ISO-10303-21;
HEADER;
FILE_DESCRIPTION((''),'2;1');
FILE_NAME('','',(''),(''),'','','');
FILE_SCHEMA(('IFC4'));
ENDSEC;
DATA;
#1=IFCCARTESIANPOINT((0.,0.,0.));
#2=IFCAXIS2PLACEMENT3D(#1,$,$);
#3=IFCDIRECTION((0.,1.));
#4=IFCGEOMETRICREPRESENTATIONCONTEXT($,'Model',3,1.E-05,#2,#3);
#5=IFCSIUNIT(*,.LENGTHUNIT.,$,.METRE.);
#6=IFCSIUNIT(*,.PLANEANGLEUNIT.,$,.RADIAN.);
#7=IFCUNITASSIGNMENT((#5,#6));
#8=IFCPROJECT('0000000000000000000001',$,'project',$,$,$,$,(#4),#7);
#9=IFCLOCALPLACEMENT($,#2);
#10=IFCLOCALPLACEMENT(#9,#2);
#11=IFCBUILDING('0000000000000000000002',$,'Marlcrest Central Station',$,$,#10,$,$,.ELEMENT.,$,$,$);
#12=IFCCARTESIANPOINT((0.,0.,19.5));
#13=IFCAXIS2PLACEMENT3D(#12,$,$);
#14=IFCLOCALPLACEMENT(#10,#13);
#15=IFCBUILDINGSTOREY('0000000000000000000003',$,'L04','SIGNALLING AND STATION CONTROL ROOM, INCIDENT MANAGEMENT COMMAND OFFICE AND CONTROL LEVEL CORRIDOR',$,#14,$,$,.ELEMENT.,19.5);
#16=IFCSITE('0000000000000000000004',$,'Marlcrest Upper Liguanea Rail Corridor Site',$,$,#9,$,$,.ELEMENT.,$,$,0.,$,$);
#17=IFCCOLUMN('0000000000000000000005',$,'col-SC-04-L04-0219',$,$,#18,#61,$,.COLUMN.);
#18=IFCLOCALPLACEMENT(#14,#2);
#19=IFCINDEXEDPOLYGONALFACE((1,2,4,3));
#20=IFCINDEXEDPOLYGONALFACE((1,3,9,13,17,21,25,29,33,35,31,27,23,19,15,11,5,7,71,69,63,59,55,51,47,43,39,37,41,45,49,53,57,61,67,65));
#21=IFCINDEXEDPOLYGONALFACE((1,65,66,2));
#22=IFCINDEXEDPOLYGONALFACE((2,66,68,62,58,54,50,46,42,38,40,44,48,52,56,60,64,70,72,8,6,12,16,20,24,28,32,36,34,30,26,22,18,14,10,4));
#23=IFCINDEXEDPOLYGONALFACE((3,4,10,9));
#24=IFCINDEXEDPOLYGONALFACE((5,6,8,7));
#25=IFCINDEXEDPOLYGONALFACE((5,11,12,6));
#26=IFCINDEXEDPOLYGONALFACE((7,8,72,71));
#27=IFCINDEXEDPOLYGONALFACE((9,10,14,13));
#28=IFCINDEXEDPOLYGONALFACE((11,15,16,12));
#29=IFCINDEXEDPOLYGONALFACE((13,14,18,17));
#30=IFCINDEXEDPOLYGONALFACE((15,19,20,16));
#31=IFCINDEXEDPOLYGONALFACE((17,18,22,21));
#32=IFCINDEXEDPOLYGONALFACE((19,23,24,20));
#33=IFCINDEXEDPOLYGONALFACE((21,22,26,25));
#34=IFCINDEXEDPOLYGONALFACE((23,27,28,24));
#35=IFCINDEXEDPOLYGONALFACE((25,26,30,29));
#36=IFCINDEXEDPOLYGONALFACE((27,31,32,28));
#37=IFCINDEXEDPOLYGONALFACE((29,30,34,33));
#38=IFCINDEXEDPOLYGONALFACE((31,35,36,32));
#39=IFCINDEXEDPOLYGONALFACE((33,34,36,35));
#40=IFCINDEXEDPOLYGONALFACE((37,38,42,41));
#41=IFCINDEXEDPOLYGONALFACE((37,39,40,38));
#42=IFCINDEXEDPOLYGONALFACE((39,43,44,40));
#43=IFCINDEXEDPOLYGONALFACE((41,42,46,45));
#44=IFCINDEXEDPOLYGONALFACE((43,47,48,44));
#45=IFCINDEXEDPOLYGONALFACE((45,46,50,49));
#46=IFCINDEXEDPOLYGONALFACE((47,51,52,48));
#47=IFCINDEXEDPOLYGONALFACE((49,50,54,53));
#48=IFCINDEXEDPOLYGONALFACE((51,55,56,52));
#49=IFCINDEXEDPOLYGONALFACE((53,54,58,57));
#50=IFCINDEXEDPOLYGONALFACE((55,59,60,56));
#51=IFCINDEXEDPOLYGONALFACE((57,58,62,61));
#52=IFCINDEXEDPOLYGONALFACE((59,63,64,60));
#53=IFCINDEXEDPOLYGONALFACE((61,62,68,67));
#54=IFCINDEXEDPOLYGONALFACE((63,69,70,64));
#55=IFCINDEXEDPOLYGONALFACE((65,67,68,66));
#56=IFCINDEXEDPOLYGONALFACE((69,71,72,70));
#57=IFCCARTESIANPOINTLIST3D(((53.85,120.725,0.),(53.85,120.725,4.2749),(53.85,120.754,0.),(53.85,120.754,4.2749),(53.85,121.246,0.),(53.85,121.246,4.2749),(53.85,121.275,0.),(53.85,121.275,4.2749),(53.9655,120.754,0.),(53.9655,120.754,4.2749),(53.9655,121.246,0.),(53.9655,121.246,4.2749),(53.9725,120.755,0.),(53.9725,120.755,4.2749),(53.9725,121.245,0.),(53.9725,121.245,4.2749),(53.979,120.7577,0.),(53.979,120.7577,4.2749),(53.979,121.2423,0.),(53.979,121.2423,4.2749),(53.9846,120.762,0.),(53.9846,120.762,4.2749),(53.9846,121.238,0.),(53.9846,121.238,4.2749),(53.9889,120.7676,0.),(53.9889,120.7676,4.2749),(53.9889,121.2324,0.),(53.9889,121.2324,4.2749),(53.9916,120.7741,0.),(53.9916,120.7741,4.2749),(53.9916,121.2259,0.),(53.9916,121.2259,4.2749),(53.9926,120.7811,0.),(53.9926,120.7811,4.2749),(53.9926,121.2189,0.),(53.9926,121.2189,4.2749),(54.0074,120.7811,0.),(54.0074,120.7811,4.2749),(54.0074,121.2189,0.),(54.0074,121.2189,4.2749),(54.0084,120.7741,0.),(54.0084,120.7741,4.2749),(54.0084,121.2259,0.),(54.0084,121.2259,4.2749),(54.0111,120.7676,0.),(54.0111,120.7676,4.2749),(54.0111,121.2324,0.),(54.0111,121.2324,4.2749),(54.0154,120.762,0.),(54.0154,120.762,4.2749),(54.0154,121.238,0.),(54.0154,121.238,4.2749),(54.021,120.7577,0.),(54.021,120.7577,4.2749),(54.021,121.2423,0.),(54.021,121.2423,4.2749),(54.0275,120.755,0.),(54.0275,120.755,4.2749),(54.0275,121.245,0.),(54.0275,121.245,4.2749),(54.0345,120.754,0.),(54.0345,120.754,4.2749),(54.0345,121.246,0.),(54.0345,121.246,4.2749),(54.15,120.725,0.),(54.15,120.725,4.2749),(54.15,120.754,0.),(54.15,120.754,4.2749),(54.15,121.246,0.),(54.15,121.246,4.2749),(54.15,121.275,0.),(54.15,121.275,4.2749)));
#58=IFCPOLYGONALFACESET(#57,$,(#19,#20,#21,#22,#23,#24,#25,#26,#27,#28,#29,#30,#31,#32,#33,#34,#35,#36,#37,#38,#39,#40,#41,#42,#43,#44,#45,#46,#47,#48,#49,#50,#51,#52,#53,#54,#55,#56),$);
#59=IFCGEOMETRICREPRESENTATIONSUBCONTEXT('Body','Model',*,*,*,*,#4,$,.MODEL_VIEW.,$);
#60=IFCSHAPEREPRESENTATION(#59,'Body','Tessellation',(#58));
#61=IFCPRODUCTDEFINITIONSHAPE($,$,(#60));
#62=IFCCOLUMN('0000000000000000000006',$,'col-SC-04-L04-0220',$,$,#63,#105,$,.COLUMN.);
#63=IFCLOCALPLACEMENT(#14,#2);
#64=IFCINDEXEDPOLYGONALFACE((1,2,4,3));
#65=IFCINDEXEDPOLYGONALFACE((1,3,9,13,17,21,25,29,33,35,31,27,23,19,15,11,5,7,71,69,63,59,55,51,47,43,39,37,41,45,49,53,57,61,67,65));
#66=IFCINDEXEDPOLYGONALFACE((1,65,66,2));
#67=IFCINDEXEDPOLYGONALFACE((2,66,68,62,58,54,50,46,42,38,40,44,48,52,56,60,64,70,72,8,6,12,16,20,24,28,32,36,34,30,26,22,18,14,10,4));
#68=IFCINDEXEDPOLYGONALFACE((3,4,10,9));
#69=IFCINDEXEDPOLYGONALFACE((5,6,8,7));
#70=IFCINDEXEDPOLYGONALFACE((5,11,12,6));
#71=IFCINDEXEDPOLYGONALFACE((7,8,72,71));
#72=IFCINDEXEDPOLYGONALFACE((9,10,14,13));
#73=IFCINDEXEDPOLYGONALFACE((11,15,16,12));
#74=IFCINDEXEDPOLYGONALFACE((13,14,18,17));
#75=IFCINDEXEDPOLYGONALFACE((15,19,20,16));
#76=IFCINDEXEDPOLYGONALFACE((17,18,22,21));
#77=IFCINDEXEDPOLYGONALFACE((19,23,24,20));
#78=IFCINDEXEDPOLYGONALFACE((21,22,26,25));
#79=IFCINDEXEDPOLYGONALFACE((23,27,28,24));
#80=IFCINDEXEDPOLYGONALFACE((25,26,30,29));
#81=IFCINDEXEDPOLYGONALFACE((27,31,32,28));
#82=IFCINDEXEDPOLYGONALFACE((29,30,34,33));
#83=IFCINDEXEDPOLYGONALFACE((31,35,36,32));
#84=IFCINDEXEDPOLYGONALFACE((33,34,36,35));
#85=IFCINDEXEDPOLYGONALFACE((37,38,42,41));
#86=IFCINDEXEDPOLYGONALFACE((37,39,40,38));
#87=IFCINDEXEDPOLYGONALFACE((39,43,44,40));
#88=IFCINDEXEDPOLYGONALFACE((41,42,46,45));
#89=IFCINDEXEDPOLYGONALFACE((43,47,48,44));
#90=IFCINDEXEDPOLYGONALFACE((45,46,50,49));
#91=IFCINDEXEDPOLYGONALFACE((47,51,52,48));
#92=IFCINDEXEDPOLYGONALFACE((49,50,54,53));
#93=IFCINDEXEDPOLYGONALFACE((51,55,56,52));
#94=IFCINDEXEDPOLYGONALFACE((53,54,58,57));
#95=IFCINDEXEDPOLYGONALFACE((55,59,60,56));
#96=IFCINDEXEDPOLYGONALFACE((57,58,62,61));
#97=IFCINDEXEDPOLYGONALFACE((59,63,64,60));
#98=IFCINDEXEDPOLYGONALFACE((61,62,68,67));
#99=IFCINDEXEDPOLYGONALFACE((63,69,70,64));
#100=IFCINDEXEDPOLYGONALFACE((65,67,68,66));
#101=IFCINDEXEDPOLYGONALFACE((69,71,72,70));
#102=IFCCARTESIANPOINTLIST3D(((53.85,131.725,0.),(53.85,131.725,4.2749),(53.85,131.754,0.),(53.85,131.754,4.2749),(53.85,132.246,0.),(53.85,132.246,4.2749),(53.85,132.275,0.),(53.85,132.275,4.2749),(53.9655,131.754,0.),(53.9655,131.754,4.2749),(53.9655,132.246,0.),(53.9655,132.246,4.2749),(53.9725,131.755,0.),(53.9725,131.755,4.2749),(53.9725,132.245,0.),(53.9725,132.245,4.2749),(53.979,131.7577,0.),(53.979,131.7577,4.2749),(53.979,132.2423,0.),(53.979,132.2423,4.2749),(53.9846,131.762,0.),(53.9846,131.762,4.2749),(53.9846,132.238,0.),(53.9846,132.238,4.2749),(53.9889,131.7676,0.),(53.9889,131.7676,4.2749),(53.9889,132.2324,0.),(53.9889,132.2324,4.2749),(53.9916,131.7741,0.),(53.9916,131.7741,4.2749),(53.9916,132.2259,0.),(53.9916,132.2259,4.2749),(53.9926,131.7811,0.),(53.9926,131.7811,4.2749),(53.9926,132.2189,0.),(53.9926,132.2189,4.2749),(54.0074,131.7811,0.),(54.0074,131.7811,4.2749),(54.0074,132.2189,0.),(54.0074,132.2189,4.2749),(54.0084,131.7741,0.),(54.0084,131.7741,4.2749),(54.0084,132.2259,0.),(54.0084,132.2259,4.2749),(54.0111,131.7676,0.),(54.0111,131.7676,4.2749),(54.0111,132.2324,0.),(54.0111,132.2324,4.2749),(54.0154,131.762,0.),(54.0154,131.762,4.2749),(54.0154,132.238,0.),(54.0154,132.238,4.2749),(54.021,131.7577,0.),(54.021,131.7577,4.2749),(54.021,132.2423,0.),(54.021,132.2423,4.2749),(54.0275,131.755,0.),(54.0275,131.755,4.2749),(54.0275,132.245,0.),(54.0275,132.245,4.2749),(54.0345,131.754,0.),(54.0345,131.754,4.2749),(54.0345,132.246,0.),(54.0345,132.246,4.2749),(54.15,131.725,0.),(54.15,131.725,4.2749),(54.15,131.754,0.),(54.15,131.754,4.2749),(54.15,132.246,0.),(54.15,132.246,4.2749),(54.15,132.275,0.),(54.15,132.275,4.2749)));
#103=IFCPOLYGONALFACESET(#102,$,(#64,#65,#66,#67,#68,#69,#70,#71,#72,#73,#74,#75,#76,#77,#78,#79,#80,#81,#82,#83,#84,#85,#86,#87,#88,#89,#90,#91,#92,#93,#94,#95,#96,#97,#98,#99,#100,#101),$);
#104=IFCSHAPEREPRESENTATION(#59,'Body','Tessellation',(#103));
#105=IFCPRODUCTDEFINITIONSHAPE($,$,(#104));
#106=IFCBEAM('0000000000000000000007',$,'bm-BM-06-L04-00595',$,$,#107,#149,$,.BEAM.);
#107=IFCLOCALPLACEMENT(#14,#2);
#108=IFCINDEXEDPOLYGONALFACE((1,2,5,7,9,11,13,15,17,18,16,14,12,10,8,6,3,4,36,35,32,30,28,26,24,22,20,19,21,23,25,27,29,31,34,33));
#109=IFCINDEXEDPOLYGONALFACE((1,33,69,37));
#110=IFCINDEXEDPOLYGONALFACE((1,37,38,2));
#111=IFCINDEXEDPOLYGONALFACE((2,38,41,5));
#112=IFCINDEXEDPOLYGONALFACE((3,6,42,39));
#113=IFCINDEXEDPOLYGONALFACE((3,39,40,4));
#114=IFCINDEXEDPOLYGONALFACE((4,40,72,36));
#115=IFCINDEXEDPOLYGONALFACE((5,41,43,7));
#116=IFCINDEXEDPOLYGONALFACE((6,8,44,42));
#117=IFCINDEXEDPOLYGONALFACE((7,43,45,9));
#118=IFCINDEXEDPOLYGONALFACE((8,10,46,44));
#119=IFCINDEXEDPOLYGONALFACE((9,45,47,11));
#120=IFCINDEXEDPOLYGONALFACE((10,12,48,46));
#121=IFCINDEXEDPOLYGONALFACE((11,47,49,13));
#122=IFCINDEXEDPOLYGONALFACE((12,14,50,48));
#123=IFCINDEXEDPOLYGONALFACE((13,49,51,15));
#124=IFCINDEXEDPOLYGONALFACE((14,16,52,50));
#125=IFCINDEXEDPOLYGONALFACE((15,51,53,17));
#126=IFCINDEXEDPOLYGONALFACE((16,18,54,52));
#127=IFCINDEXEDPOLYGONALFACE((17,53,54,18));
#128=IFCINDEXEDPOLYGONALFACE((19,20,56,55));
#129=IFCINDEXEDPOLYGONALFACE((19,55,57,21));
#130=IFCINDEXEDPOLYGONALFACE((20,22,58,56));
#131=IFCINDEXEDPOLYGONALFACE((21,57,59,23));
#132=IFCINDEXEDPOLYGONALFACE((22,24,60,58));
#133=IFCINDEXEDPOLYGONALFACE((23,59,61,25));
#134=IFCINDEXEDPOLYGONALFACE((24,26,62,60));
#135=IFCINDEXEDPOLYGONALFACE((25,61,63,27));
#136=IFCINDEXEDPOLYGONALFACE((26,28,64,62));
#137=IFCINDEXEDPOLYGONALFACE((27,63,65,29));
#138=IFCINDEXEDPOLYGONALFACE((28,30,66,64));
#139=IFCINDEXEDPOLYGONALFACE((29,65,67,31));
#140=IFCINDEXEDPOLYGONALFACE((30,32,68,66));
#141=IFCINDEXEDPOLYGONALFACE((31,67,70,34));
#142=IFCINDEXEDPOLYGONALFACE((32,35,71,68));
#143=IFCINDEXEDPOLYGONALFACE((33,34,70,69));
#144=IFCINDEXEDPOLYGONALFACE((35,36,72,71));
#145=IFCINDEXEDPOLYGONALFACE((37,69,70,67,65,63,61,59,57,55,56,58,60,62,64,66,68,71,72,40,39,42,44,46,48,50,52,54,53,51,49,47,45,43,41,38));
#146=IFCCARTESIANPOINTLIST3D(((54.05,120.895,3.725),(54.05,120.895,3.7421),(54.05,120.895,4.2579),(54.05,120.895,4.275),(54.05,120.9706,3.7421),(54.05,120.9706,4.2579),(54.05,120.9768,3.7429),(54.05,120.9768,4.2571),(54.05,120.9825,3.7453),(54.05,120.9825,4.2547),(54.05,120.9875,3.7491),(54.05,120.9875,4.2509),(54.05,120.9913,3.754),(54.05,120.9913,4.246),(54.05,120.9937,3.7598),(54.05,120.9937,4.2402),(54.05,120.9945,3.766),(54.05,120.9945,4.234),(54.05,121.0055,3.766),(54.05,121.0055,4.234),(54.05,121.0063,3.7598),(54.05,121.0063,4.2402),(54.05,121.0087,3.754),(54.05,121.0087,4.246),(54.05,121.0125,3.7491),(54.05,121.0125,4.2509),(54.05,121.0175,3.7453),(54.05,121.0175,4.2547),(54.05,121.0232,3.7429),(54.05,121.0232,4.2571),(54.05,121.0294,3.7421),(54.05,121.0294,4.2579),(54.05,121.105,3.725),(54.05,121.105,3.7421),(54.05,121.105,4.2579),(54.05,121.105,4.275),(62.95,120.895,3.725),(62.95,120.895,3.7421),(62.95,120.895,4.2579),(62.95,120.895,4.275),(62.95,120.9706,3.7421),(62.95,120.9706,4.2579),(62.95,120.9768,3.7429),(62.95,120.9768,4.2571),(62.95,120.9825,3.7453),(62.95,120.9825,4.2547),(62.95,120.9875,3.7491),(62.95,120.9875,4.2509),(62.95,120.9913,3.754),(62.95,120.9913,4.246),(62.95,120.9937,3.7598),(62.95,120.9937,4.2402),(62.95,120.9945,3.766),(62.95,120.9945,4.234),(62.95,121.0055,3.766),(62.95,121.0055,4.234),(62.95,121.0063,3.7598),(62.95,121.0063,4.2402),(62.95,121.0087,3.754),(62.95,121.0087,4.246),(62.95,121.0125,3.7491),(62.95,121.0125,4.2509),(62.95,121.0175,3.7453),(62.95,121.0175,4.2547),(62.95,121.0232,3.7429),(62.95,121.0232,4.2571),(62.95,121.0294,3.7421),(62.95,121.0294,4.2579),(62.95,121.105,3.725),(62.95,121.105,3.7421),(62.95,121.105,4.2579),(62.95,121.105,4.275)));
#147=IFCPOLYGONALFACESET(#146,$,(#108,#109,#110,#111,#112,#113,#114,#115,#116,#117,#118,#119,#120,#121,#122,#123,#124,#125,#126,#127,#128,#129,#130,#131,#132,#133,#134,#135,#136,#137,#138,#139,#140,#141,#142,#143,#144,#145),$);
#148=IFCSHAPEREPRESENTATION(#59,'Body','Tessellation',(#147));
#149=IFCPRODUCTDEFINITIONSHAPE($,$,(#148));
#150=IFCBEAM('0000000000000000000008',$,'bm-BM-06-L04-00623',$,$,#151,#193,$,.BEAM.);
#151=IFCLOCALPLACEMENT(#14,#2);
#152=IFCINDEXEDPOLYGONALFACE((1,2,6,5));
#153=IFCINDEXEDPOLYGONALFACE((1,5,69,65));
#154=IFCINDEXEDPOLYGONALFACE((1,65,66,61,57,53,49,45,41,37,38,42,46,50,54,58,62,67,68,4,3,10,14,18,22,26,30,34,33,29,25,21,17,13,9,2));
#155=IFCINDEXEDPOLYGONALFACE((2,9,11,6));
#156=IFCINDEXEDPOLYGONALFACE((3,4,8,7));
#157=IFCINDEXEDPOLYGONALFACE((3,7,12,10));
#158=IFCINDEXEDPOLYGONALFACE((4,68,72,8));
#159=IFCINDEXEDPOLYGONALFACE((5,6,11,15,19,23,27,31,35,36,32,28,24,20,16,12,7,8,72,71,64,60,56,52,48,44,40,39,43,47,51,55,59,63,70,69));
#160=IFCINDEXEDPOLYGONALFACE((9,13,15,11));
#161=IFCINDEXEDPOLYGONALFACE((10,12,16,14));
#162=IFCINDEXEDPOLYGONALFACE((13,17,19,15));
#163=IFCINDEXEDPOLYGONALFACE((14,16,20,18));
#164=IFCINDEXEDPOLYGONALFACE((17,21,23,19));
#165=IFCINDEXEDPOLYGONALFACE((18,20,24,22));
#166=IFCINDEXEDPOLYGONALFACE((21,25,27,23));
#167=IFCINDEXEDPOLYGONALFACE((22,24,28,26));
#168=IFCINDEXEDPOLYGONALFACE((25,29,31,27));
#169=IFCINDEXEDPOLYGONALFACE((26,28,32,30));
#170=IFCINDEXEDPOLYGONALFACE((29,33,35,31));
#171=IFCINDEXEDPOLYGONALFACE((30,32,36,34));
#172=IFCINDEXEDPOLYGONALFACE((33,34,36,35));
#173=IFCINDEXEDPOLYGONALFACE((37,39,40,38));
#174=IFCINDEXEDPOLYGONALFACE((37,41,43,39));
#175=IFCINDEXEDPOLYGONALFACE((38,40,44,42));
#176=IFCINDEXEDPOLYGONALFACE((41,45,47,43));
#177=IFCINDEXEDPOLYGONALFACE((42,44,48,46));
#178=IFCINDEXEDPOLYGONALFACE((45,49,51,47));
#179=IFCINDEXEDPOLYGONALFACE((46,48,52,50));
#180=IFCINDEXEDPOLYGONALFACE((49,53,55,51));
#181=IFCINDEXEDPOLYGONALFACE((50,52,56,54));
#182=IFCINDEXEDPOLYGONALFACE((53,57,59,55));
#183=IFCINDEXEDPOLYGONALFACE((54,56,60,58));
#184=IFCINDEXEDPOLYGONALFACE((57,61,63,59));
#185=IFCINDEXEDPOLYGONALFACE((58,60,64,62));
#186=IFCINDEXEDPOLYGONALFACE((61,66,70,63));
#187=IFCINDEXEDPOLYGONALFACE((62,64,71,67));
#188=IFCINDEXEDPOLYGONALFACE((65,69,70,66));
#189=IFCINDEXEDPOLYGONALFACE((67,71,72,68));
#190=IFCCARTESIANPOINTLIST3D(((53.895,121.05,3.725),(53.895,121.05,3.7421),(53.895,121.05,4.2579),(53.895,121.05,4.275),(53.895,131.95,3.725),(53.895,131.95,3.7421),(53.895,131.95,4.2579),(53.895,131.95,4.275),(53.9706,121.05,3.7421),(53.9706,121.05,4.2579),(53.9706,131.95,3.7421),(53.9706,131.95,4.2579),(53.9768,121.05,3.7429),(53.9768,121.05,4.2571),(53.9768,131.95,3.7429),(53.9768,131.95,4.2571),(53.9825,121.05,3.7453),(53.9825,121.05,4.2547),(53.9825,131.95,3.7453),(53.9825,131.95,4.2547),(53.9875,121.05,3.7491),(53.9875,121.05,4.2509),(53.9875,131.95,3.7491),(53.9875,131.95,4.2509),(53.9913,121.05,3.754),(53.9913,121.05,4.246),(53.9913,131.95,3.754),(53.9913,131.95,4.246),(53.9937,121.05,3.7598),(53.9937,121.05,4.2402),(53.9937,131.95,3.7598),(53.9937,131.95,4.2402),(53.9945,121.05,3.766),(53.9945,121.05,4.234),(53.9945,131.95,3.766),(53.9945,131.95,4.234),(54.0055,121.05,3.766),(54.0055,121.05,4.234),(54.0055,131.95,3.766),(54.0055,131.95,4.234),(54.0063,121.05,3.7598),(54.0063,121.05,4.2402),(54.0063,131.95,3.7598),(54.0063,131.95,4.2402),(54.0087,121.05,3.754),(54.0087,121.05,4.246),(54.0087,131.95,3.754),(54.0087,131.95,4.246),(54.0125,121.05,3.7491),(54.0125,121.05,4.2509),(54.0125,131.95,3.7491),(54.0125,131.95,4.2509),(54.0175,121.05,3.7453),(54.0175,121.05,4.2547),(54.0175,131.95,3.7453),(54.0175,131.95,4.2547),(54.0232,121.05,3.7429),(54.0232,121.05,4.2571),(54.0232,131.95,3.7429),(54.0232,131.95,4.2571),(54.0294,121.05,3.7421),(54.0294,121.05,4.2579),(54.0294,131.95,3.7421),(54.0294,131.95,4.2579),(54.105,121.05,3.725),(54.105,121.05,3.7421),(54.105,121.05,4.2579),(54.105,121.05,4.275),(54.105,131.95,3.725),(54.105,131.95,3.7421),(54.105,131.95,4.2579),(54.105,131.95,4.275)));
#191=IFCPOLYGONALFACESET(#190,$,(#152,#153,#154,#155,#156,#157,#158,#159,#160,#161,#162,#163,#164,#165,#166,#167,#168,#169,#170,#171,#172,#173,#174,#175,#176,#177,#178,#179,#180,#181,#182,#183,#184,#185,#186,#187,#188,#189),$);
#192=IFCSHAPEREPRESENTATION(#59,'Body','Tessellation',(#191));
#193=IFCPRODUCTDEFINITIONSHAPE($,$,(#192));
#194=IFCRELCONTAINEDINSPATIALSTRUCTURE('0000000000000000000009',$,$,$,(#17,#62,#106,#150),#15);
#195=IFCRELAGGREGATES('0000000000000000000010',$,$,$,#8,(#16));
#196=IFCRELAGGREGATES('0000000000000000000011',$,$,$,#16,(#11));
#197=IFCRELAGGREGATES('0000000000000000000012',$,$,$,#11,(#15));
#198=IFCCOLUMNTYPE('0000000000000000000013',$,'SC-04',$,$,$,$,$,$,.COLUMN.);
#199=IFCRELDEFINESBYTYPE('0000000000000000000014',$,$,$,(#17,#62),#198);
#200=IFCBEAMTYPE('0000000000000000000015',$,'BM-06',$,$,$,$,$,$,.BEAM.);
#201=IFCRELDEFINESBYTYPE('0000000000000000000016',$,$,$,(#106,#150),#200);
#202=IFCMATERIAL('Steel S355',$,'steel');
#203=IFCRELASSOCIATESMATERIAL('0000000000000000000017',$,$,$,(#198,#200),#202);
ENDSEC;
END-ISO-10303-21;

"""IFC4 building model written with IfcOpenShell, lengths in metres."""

from ifc_helpers import new_model, si_unit, direction, frame, origin, origin_2d, place, context, subcontext, project, spatial, i_section, extrude, material, material_profile, profile_set, type_object, element, save


model = new_model("IFC4")

# Units and contexts
model_context = context("Model", 3, precision=1e-05, world=origin(), true_north=direction((0.0, 1.0)))
body_context = subcontext(model_context, "Body", "Model", "MODEL_VIEW")
ifc_project = project(units=[si_unit("LENGTHUNIT", "METRE"), si_unit("PLANEANGLEUNIT", "RADIAN")], contexts=[model_context])

# Site, building, storey
site_placement = place(None, origin())
site = spatial("IfcSite", under=ifc_project, at=site_placement, Name="Marlcrest Upper Liguanea Rail Corridor Site", CompositionType="ELEMENT", RefElevation=0.0)
building_placement = place(site_placement, origin())
building = spatial("IfcBuilding", under=site, at=building_placement, Name="Marlcrest Central Station", CompositionType="ELEMENT")
storey_placement = place(building_placement, frame((0.0, 0.0, 19.5)))
storey = spatial("IfcBuildingStorey", under=building, at=storey_placement, Name="L04", Description="SIGNALLING AND STATION CONTROL ROOM, INCIDENT MANAGEMENT COMMAND OFFICE AND CONTROL LEVEL CORRIDOR", CompositionType="ELEMENT", Elevation=19.5)

# Columns
ifc_material_1 = material(Name="Steel S355", Category="steel")
ifc_material_profile_1 = material_profile(ifc_material_1, i_section(OverallWidth=0.3, OverallDepth=0.55, WebThickness=0.0149, FlangeThickness=0.0291, FilletRadius=0.0271, at=origin_2d()), Name="HEB 550")
ifc_profile_set_1 = profile_set([ifc_material_profile_1], Name="Steel S355")
column_type = type_object("IfcColumnType", Name="SC-04", PredefinedType="COLUMN", material=ifc_profile_set_1)
for number, where, z_axis, x_axis, name in (
    (1, (54.0, 121.0, 0.0), (0.0, 0.0, 1.0), (1.0, 0.0, 0.0), "col-SC-04-L04-0219"),
    (2, (54.0, 132.0, 0.0), (0.0, 0.0, 1.0), (1.0, 0.0, 0.0), "col-SC-04-L04-0220"),
):
    element("IfcColumn", number, at=place(storey_placement, frame(where, z_axis=z_axis, x_axis=x_axis)), inside=storey, type_object=column_type, Name=name, PredefinedType="COLUMN", context=body_context, shape_type="SweptSolid", body=[
        extrude(i_section(OverallWidth=0.3, OverallDepth=0.55, WebThickness=0.0149, FlangeThickness=0.0291, FilletRadius=0.0271, at=origin_2d()), origin(), (0.0, 0.0, 1.0), 4.2749),
    ])

# Beams
ifc_material_profile_2 = material_profile(ifc_material_1, i_section(OverallWidth=0.21, OverallDepth=0.55, WebThickness=0.011, FlangeThickness=0.0171, FilletRadius=0.0239, at=origin_2d()), Name="IPE 550")
ifc_profile_set_2 = profile_set([ifc_material_profile_2], Name="Steel S355")
beam_type_1 = type_object("IfcBeamType", Name="BM-06", PredefinedType="BEAM", material=ifc_profile_set_2)
beam_1_placement = place(storey_placement, frame((54.05, 121.0, 4.0), z_axis=(1.0, 0.0, 0.0), x_axis=(0.0, 1.0, 0.0)))
element("IfcBeam", 3, at=beam_1_placement, inside=storey, type_object=beam_type_1, Name="bm-BM-06-L04-00595", PredefinedType="BEAM", context=body_context, shape_type="SweptSolid", body=[
    extrude(i_section(OverallWidth=0.21, OverallDepth=0.55, WebThickness=0.011, FlangeThickness=0.0171, FilletRadius=0.0239, at=origin_2d()), origin(), (0.0, 0.0, 1.0), 8.8999),
])
beam_2_placement = place(storey_placement, frame((54.0, 121.05, 4.0), z_axis=(0.0, 1.0, 0.0), x_axis=(-1.0, 0.0, 0.0)))
element("IfcBeam", 4, at=beam_2_placement, inside=storey, type_object=beam_type_1, Name="bm-BM-06-L04-00623", PredefinedType="BEAM", context=body_context, shape_type="SweptSolid", body=[
    extrude(i_section(OverallWidth=0.21, OverallDepth=0.55, WebThickness=0.011, FlangeThickness=0.0171, FilletRadius=0.0239, at=origin_2d()), origin(), (0.0, 0.0, 1.0), 10.8999),
])

save(model, "model.ifc")
